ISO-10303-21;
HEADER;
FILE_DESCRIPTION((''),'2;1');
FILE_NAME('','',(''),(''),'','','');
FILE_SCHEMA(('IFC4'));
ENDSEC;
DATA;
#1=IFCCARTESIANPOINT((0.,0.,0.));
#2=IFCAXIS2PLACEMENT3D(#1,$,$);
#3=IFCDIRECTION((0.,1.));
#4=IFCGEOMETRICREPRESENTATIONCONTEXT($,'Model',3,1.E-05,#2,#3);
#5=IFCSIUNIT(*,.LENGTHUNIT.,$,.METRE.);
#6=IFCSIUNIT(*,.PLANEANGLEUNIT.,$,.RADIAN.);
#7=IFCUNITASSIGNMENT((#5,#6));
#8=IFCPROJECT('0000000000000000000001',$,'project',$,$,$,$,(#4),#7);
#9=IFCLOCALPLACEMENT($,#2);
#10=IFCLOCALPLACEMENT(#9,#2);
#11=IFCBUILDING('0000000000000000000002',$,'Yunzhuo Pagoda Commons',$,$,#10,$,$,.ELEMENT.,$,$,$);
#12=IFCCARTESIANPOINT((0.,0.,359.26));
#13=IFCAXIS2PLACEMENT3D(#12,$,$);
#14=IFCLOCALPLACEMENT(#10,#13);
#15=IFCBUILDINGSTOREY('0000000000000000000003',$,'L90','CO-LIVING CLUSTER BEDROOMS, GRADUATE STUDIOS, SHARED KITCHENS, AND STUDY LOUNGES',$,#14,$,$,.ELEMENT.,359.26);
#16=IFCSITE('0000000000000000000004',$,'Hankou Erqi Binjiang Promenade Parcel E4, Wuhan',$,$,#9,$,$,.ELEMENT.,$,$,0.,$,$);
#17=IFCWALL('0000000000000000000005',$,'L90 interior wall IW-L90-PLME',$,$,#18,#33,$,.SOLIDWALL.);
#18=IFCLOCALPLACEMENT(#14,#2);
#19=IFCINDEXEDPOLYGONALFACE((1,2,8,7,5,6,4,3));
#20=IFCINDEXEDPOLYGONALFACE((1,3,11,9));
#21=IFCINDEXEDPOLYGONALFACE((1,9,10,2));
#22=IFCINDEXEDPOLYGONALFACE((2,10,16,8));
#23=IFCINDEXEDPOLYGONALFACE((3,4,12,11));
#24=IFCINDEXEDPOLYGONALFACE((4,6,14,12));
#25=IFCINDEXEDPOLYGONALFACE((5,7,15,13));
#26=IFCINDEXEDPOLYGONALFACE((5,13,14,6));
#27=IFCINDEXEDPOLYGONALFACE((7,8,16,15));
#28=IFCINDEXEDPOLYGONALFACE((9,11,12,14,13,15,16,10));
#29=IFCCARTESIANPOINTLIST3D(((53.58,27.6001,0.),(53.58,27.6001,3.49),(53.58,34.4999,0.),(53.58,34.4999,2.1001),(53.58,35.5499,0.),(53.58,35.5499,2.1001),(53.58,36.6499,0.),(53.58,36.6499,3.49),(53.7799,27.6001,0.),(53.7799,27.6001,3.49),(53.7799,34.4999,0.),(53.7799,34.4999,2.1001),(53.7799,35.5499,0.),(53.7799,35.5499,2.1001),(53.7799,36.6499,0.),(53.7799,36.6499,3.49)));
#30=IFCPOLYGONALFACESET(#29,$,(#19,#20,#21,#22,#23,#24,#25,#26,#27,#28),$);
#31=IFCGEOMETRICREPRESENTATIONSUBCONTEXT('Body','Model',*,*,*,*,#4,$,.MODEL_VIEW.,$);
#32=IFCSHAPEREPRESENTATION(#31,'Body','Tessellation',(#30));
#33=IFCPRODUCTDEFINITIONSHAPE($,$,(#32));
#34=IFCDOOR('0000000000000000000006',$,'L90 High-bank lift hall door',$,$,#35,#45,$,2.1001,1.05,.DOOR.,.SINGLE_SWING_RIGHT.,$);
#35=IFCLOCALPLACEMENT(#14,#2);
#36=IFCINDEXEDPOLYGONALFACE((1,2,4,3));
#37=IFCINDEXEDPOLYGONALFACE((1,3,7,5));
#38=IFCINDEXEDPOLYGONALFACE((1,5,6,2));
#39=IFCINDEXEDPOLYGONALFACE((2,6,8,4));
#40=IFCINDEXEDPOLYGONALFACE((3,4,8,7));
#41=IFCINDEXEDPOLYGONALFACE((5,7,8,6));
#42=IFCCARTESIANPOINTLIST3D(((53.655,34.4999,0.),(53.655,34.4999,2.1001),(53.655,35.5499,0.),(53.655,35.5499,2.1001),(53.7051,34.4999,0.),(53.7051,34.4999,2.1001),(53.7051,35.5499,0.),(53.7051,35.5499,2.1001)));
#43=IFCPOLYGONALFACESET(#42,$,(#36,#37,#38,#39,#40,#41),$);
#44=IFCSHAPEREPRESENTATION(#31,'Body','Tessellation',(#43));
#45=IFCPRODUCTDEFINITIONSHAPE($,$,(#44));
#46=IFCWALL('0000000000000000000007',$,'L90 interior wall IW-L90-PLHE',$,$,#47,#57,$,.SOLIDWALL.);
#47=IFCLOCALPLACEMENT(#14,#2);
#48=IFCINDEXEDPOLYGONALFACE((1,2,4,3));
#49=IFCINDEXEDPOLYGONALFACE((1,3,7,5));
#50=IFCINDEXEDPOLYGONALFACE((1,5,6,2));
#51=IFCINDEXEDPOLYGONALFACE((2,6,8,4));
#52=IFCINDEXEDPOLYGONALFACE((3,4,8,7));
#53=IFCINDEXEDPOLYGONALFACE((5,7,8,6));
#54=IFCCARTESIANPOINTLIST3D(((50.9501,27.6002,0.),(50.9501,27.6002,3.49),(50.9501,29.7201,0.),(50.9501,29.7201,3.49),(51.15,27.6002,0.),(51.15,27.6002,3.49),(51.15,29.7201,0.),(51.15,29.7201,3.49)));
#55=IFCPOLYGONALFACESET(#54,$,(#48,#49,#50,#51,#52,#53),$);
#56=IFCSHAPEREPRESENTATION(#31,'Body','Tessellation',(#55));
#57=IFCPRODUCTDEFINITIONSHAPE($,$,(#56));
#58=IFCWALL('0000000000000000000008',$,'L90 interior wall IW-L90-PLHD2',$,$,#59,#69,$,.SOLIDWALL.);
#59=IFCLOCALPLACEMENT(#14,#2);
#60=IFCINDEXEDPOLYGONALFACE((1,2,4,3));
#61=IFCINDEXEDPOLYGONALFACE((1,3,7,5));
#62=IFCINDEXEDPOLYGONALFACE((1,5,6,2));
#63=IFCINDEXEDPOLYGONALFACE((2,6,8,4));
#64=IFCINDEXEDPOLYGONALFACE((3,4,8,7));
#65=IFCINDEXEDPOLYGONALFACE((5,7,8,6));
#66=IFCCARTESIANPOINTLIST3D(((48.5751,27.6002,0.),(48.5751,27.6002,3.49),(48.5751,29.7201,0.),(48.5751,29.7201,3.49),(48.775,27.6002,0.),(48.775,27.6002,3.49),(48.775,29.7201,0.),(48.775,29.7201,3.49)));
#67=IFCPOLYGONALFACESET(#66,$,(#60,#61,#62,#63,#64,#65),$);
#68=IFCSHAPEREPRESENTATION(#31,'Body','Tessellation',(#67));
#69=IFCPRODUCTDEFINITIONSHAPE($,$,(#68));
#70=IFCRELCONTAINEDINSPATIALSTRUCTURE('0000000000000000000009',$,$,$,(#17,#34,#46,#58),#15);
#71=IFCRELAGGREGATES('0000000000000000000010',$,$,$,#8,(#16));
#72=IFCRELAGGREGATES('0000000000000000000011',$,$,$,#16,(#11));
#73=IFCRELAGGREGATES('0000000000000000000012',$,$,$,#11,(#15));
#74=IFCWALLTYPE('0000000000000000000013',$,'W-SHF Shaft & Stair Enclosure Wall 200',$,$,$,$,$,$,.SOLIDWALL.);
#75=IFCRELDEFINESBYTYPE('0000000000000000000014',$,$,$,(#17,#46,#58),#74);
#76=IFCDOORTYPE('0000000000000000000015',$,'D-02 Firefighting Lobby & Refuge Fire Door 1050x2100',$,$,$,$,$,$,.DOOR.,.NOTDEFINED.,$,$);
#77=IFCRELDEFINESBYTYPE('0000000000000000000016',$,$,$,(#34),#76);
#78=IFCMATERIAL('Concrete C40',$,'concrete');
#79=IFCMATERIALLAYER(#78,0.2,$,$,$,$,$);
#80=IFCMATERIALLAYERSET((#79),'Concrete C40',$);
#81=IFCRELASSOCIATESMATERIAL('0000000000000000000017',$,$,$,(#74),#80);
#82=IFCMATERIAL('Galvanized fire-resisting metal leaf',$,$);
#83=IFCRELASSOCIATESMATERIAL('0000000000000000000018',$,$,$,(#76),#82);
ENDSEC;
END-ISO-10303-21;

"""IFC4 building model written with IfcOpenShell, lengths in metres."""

from ifc_helpers import new_model, si_unit, direction, frame, frame_2d, origin, origin_with_axes, place, context, subcontext, project, spatial, rectangle, extrude, source, transform, mapped, material, layer, layer_set, type_object, element, fill, save


model = new_model("IFC4")

# Units and contexts
model_context = context("Model", 3, precision=1e-05, world=origin(), true_north=direction((0.0, 1.0)))
body_context = subcontext(model_context, "Body", "Model", "MODEL_VIEW")
ifc_project = project(units=[si_unit("LENGTHUNIT", "METRE"), si_unit("PLANEANGLEUNIT", "RADIAN")], contexts=[model_context])

# Site, building, storey
site_placement = place(None, origin())
site = spatial("IfcSite", under=ifc_project, at=site_placement, Name="Hankou Erqi Binjiang Promenade Parcel E4, Wuhan", CompositionType="ELEMENT", RefElevation=0.0)
building_placement = place(site_placement, origin())
building = spatial("IfcBuilding", under=site, at=building_placement, Name="Yunzhuo Pagoda Commons", CompositionType="ELEMENT")
storey_placement = place(building_placement, frame((0.0, 0.0, 359.26)))
storey = spatial("IfcBuildingStorey", under=building, at=storey_placement, Name="L90", Description="CO-LIVING CLUSTER BEDROOMS, GRADUATE STUDIOS, SHARED KITCHENS, AND STUDY LOUNGES", CompositionType="ELEMENT", Elevation=359.26)

# Shared definitions
ifc_material_1 = material(Name="Galvanized fire-resisting metal leaf")

# Wall, opening, door
ifc_material_2 = material(Name="Concrete C40", Category="concrete")
ifc_layer_1 = layer(ifc_material_2, 0.2)
ifc_layer_set_1 = layer_set([ifc_layer_1], Name="Concrete C40")
wall_type_1 = type_object("IfcWallType", Name="W-SHF Shaft & Stair Enclosure Wall 200", PredefinedType="SOLIDWALL", material=ifc_layer_set_1)
wall_1_placement = place(storey_placement, frame((53.6799, 27.6001, 0.0), z_axis=(0.0, 0.0, 1.0), x_axis=(0.0, 1.0, 0.0)))
wall_1 = element("IfcWall", 1, at=wall_1_placement, inside=storey, type_object=wall_type_1, Name="L90 interior wall IW-L90-PLME", PredefinedType="SOLIDWALL", context=body_context, shape_type="SweptSolid", body=[
    extrude(rectangle(XDim=9.0498, YDim=0.2, at=frame_2d((4.5249, 0.0))), origin(), (0.0, 0.0, 1.0), 3.49),
])
opening_1_placement = place(wall_1_placement, frame((6.8999, 0.0, 0.0)))
opening_1 = element("IfcOpeningElement", 2, at=opening_1_placement, cuts=wall_1, PredefinedType="OPENING", context=body_context, shape_type="SweptSolid", body=[
    extrude(rectangle(XDim=1.05, YDim=2.1001, at=frame_2d((0.5249, 1.05))), frame((0.0, 0.1099, 0.0), z_axis=(0.0, -1.0, 0.0), x_axis=(1.0, 0.0, 0.0)), (0.0, 0.0, 1.0), 0.22),
])
door_type_1 = type_object("IfcDoorType", Name="D-02 Firefighting Lobby & Refuge Fire Door 1050x2100", OperationType="NOTDEFINED", PredefinedType="DOOR", material=ifc_material_1)
shared_shape_1 = source(origin(), body_context, "Body", "SweptSolid", [
    extrude(rectangle(XDim=1.05, YDim=2.1001, at=frame_2d((0.5249, 1.05))), frame((0.0, 0.0249, 0.0), z_axis=(0.0, -1.0, 0.0), x_axis=(1.0, 0.0, 0.0)), (0.0, 0.0, 1.0), 0.05),
])
door_1_placement = place(opening_1_placement, origin_with_axes())
door_1 = element("IfcDoor", 3, at=door_1_placement, inside=storey, type_object=door_type_1, Name="L90 High-bank lift hall door", OperationType="SINGLE_SWING_RIGHT", OverallHeight=2.1001, OverallWidth=1.05, PredefinedType="DOOR", context=body_context, shape_type="MappedRepresentation", body=[
    mapped(shared_shape_1, transform((0.0, 0.0, 0.0), scale=1.0)),
])
fill(opening_1, door_1)

# Walls
for number, where, z_axis, x_axis, name in (
    (4, (51.05, 27.6001, 0.0), (0.0, 0.0, 1.0), (0.0, 1.0, 0.0), "L90 interior wall IW-L90-PLHE"),
    (5, (48.675, 27.6001, 0.0), (0.0, 0.0, 1.0), (0.0, 1.0, 0.0), "L90 interior wall IW-L90-PLHD2"),
):
    element("IfcWall", number, at=place(storey_placement, frame(where, z_axis=z_axis, x_axis=x_axis)), inside=storey, type_object=wall_type_1, Name=name, PredefinedType="SOLIDWALL", context=body_context, shape_type="SweptSolid", body=[
        extrude(rectangle(XDim=2.1199, YDim=0.2, at=frame_2d((1.0601, 0.0))), origin(), (0.0, 0.0, 1.0), 3.49),
    ])

save(model, "model.ifc")
